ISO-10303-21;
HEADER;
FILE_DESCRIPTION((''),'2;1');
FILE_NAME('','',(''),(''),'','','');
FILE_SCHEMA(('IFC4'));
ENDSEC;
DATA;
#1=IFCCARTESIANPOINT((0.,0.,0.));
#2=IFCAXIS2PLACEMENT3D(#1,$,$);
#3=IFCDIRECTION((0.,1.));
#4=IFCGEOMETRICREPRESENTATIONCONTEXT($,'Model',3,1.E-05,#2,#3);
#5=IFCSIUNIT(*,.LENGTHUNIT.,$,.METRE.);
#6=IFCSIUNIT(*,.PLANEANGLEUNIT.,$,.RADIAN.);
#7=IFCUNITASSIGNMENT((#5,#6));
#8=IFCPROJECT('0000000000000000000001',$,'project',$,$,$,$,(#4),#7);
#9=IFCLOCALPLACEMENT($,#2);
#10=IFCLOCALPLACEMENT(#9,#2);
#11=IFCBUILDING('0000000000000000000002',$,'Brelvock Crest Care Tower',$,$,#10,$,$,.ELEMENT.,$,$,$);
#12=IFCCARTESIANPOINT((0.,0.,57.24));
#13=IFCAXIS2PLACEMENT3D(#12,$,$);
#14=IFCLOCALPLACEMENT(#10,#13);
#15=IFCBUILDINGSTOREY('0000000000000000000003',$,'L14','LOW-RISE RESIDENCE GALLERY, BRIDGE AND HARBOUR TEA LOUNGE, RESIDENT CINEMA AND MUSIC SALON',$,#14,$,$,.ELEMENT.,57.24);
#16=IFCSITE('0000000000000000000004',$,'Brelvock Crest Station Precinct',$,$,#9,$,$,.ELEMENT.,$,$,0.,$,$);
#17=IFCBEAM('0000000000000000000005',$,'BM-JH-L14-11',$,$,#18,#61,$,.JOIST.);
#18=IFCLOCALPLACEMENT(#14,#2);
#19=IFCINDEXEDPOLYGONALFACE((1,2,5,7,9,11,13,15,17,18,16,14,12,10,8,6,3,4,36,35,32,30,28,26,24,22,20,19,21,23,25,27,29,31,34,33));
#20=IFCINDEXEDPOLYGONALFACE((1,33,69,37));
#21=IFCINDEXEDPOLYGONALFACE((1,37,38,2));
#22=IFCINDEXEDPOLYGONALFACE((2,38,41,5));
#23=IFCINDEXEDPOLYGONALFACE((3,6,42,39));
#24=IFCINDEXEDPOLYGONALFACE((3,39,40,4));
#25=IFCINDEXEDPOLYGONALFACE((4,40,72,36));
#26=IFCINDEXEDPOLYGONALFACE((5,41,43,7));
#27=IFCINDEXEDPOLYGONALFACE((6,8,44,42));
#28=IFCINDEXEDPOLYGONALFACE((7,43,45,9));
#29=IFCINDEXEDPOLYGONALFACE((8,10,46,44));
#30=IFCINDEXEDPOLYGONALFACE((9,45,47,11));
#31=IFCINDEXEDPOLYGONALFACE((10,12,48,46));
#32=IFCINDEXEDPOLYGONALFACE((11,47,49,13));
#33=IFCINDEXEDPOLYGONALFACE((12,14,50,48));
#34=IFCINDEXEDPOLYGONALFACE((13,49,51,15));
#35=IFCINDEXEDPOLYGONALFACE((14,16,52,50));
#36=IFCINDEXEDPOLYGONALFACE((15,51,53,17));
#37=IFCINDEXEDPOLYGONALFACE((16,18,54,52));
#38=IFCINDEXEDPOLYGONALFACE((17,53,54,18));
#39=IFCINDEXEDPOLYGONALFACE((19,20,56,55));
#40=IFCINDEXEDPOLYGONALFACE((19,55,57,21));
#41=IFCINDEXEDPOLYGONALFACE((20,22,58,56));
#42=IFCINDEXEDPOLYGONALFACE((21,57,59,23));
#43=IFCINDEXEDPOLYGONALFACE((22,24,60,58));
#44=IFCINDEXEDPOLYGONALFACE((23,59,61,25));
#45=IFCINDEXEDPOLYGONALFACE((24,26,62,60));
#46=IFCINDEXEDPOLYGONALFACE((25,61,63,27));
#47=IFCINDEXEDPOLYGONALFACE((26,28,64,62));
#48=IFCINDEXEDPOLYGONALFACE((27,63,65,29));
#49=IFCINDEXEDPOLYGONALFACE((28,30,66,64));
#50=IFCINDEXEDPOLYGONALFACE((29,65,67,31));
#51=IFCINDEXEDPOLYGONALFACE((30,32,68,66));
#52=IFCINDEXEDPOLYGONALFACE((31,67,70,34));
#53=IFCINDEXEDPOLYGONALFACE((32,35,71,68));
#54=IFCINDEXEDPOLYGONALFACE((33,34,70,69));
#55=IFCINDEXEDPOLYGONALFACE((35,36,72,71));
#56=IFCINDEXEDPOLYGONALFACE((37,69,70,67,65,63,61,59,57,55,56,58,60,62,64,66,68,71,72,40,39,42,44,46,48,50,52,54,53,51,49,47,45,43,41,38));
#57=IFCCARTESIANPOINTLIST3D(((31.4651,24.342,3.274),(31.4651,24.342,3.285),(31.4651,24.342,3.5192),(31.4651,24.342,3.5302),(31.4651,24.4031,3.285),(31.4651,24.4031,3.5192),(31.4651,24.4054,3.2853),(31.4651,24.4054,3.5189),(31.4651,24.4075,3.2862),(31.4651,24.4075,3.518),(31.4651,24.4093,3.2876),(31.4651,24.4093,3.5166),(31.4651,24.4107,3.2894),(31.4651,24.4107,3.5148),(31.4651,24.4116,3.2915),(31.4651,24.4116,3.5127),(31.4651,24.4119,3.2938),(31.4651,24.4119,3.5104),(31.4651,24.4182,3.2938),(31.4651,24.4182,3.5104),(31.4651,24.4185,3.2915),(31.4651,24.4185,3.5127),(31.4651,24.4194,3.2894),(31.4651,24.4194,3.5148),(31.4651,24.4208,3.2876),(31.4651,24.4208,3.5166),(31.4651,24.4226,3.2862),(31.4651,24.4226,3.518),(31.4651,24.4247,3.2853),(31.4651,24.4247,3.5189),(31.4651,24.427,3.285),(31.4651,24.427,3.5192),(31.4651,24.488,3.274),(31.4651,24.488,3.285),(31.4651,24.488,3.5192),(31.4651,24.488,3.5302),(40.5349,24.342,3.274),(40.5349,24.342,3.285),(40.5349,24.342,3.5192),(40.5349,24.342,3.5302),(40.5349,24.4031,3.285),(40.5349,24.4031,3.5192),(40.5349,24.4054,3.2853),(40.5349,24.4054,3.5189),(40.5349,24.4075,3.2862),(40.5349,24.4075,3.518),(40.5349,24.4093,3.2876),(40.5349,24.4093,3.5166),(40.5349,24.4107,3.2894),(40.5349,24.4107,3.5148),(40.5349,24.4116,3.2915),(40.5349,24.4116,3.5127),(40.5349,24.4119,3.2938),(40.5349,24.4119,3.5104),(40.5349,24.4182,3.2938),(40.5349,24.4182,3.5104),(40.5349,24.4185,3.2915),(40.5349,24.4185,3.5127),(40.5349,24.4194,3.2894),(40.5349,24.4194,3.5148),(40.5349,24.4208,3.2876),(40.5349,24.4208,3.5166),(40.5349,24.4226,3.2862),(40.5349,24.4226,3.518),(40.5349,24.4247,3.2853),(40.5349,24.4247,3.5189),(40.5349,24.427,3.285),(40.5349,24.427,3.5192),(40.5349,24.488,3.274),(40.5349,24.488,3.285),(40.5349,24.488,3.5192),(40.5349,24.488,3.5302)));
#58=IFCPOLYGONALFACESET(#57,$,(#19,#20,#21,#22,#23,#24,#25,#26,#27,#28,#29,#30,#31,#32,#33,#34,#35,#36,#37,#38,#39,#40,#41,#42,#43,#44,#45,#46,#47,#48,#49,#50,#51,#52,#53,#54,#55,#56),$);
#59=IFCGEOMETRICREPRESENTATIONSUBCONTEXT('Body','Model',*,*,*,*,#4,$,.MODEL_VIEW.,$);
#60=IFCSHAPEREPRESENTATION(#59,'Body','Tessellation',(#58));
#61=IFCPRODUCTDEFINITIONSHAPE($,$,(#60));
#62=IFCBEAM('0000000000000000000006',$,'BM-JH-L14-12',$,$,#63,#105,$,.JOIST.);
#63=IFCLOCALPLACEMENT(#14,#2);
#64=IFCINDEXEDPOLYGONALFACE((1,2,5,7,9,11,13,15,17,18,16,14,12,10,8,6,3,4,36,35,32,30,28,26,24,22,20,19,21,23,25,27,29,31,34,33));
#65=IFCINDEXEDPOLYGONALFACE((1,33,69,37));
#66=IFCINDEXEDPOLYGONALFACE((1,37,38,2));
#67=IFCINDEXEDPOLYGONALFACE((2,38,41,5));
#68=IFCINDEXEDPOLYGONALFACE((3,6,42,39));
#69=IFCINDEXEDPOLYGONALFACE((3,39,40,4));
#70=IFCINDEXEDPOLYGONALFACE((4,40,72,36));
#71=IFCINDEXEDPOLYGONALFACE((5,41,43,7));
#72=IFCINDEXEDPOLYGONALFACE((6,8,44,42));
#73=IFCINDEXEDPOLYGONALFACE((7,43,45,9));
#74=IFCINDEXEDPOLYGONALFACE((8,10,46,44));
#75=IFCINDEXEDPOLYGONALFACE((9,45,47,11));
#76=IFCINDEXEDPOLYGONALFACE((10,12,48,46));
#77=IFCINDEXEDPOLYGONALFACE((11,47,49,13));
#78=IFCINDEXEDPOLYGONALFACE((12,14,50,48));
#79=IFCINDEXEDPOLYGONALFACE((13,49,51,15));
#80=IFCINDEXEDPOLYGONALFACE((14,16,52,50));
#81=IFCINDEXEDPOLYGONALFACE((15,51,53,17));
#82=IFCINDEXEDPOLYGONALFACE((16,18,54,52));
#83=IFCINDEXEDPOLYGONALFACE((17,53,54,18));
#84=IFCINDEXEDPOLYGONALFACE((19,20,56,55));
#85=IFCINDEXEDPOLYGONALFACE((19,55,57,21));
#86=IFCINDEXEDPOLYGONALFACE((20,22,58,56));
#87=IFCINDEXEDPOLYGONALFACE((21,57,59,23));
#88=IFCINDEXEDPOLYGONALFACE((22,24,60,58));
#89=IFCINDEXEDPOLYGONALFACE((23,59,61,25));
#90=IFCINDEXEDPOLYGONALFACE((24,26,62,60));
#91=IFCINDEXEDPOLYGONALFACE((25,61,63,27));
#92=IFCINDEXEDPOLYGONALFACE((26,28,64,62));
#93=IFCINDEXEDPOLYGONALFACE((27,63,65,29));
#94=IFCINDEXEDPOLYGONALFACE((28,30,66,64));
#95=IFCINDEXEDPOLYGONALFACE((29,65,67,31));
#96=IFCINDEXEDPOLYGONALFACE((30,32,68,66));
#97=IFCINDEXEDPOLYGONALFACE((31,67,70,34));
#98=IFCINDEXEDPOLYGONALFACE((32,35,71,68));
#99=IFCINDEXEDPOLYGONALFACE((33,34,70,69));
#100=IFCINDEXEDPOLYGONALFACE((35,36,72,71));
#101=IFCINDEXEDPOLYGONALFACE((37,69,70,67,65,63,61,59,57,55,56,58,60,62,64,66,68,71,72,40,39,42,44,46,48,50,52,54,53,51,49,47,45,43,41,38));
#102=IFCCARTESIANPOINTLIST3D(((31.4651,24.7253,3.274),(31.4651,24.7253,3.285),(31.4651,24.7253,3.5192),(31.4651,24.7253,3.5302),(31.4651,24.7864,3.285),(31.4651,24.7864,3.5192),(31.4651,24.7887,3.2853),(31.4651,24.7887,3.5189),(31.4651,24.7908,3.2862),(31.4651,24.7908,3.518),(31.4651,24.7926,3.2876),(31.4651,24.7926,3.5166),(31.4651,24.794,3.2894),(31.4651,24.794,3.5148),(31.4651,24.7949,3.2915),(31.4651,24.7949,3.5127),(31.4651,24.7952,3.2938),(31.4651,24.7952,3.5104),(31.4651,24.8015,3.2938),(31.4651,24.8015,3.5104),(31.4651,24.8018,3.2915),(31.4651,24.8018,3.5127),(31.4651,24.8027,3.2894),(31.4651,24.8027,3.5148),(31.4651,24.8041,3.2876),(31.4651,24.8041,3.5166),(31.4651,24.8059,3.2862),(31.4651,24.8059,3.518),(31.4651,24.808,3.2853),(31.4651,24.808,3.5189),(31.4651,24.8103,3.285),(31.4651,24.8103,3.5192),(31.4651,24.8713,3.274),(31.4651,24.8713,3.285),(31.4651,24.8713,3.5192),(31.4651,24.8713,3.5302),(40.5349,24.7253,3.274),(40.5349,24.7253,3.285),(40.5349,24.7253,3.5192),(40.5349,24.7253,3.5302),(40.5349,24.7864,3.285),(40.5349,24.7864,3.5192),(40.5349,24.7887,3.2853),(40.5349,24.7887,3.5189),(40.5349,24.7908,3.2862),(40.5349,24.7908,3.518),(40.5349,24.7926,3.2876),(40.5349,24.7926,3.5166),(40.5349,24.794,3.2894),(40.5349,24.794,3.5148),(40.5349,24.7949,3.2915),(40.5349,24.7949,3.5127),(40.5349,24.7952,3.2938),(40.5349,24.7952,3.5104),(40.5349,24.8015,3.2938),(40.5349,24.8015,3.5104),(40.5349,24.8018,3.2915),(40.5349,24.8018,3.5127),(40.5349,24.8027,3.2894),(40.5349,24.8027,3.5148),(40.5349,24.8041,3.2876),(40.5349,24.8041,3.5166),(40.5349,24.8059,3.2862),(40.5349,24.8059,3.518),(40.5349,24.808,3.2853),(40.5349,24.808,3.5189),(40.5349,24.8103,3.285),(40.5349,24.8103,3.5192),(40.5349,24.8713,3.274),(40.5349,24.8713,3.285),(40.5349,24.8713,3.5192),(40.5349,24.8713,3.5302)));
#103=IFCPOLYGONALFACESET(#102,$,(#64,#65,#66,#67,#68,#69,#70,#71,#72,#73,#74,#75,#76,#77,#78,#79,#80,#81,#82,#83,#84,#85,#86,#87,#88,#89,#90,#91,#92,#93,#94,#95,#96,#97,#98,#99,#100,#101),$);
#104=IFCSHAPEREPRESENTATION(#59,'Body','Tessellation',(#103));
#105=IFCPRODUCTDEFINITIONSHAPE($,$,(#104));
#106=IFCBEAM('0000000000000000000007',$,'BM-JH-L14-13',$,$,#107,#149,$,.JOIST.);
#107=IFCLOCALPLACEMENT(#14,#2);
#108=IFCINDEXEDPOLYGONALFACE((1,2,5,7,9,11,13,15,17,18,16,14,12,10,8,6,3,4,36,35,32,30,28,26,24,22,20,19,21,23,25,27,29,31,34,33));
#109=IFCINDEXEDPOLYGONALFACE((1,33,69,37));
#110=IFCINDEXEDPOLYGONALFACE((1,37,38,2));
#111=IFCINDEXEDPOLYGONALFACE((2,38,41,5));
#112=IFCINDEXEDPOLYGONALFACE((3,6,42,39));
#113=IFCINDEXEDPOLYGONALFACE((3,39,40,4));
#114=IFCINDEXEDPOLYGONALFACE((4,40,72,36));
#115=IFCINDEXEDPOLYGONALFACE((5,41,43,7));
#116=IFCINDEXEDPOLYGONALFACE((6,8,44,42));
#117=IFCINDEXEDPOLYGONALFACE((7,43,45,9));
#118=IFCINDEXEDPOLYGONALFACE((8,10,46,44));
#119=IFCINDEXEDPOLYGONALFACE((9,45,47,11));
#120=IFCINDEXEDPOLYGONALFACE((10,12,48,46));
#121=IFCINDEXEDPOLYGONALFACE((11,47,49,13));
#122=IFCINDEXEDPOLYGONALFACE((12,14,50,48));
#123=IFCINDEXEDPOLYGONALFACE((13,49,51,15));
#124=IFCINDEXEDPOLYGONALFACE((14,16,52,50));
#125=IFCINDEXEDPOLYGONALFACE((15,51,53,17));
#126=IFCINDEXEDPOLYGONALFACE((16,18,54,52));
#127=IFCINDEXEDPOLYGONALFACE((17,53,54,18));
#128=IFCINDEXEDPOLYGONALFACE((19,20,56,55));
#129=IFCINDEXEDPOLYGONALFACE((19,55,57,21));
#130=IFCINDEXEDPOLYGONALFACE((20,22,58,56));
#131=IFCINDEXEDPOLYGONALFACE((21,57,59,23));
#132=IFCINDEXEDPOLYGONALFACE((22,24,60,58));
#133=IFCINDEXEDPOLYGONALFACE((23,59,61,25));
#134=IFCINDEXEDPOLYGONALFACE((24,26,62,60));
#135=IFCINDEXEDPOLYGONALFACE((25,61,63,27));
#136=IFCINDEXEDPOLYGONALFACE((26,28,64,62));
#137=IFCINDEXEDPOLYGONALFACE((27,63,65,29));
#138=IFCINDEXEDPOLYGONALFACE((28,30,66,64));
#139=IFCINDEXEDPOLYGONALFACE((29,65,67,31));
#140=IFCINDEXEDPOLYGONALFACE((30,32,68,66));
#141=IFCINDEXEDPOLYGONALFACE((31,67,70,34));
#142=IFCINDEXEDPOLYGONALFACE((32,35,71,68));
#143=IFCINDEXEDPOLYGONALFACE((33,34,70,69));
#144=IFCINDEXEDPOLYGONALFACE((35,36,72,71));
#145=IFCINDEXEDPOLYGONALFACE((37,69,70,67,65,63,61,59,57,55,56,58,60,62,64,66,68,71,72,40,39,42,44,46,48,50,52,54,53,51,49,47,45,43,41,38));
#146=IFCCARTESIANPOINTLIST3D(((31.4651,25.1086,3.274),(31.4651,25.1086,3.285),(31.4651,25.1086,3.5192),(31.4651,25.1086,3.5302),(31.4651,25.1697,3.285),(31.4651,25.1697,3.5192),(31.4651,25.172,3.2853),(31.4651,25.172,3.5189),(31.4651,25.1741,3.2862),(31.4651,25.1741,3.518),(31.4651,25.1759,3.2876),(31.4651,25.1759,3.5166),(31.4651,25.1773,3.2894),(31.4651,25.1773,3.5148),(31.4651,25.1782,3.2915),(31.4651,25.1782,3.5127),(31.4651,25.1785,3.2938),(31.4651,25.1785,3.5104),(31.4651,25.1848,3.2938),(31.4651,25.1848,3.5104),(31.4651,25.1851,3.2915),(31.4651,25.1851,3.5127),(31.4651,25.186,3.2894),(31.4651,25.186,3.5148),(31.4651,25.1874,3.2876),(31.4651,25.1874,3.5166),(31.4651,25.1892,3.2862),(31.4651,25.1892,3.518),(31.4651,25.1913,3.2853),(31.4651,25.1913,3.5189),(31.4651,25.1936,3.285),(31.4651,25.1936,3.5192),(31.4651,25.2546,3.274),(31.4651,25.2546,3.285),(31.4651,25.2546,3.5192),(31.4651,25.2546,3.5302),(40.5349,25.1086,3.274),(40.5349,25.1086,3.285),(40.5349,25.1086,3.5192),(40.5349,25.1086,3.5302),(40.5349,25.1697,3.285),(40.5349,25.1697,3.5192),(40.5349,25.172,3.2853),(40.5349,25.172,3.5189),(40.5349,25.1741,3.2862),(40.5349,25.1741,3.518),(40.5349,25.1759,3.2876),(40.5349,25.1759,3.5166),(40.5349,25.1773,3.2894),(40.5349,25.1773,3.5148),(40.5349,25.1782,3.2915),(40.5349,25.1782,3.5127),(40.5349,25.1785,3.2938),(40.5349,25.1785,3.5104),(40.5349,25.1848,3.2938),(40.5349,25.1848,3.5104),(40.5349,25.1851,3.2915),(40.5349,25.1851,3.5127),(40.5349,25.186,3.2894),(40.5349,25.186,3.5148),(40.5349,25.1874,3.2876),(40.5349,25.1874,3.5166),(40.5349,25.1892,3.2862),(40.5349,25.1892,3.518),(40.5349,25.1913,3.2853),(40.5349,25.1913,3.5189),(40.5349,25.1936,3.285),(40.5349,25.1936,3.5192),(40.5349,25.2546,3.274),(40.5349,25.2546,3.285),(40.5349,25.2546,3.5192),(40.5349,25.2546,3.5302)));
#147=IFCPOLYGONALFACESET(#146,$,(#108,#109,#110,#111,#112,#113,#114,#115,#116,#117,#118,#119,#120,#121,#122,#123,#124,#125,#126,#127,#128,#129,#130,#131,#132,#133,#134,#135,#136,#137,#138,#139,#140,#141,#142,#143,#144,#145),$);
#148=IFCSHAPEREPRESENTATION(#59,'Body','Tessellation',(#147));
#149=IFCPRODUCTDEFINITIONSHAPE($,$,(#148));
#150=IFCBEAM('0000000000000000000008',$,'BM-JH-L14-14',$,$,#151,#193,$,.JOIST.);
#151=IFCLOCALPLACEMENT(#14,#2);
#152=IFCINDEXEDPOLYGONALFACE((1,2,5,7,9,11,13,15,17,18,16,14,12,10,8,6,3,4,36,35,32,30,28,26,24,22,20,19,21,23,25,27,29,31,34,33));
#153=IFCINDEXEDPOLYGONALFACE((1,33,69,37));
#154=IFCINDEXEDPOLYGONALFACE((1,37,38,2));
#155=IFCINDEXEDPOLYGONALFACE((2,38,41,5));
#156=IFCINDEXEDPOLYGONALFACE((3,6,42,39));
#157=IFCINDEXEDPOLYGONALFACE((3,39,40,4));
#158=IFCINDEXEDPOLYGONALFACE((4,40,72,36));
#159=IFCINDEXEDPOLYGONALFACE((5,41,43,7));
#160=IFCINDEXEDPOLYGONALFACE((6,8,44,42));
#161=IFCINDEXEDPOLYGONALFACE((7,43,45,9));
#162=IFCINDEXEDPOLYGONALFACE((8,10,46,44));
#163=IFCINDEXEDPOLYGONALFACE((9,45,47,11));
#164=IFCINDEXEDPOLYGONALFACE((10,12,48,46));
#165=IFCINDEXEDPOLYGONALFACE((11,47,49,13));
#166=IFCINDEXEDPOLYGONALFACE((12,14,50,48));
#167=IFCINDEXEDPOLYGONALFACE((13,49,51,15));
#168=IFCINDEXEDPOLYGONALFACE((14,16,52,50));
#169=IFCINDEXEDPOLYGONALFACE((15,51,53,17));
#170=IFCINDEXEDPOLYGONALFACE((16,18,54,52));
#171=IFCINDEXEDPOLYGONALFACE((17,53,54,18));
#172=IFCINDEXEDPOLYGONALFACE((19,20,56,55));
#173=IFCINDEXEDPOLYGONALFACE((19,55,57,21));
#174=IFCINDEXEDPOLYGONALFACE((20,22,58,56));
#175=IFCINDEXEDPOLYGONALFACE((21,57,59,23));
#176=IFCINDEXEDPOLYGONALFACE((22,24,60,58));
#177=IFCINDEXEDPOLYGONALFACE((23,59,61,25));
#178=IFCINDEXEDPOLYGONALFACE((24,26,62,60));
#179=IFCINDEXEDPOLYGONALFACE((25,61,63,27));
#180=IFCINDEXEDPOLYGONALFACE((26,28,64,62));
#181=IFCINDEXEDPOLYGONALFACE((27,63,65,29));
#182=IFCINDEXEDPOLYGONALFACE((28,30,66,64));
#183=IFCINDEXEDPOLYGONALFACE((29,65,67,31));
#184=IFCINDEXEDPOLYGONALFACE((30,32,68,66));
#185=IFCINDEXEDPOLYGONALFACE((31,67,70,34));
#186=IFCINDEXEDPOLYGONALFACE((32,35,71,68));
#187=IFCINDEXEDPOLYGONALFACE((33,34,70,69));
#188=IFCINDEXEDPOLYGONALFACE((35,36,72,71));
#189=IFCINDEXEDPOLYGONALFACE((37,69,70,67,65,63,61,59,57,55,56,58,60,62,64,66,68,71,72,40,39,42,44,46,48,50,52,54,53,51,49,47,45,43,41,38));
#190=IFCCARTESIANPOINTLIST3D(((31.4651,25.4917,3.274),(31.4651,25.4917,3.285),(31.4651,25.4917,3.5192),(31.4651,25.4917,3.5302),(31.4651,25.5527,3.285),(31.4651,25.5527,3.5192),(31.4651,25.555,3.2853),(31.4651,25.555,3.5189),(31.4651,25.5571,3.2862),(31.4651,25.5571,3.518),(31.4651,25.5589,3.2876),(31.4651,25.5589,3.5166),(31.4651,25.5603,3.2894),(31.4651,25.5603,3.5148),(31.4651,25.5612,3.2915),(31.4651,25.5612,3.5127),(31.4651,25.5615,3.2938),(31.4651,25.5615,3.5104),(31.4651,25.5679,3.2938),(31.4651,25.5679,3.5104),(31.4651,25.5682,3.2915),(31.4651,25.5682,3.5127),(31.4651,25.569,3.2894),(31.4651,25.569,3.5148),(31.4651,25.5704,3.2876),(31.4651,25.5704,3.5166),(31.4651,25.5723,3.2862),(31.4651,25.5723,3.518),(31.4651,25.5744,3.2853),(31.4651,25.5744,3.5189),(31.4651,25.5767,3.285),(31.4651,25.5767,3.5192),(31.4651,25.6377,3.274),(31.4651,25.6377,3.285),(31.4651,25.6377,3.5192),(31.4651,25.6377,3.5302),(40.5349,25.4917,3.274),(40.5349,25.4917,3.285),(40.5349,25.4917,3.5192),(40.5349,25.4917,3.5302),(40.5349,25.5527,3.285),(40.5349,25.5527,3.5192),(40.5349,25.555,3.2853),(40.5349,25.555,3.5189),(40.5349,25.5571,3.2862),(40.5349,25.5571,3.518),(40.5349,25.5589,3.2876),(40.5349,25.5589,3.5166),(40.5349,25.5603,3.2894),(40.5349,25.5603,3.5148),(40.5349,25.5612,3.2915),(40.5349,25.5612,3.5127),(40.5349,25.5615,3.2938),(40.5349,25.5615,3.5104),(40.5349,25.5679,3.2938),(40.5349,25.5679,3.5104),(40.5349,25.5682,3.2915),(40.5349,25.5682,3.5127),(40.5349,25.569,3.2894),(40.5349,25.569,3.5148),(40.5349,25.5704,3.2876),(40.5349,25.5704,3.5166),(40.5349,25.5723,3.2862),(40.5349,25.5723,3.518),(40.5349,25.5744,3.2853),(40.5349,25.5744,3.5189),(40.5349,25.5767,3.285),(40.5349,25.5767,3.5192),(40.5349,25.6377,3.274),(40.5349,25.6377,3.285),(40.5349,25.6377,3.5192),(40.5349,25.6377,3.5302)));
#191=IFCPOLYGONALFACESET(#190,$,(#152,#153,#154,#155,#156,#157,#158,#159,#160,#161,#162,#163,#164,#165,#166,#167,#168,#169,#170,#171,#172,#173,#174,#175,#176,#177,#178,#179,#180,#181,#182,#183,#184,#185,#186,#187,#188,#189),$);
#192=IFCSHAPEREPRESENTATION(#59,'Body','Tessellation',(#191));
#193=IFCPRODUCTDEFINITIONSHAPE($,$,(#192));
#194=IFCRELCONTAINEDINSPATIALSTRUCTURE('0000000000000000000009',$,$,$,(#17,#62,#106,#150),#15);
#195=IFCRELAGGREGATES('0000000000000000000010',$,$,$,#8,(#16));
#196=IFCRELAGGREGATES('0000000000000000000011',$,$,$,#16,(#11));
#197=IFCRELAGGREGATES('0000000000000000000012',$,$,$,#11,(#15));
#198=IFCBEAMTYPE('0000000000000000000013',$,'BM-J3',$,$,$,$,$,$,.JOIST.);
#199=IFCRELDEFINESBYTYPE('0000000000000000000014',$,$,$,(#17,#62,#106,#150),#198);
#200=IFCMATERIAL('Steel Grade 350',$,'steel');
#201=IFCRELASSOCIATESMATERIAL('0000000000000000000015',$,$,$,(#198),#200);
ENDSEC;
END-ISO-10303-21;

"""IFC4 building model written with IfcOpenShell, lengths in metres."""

from ifc_helpers import new_model, si_unit, direction, frame, origin, origin_2d, place, context, subcontext, project, spatial, i_section, extrude, source, transform, mapped, material, material_profile, profile_set, type_object, element, save


model = new_model("IFC4")

# Units and contexts
model_context = context("Model", 3, precision=1e-05, world=origin(), true_north=direction((0.0, 1.0)))
body_context = subcontext(model_context, "Body", "Model", "MODEL_VIEW")
ifc_project = project(units=[si_unit("LENGTHUNIT", "METRE"), si_unit("PLANEANGLEUNIT", "RADIAN")], contexts=[model_context])

# Site, building, storey
site_placement = place(None, origin())
site = spatial("IfcSite", under=ifc_project, at=site_placement, Name="Brelvock Crest Station Precinct", CompositionType="ELEMENT", RefElevation=0.0)
building_placement = place(site_placement, origin())
building = spatial("IfcBuilding", under=site, at=building_placement, Name="Brelvock Crest Care Tower", CompositionType="ELEMENT")
storey_placement = place(building_placement, frame((0.0, 0.0, 57.24)))
storey = spatial("IfcBuildingStorey", under=building, at=storey_placement, Name="L14", Description="LOW-RISE RESIDENCE GALLERY, BRIDGE AND HARBOUR TEA LOUNGE, RESIDENT CINEMA AND MUSIC SALON", CompositionType="ELEMENT", Elevation=57.24)

# Beams
ifc_material_1 = material(Name="Steel Grade 350", Category="steel")
ifc_material_profile = material_profile(ifc_material_1, i_section(OverallWidth=0.146, OverallDepth=0.2561, WebThickness=0.0063, FlangeThickness=0.011, FilletRadius=0.0088, at=origin_2d()), Name="250UB37.3")
ifc_profile_set = profile_set([ifc_material_profile], Name="Steel Grade 350")
beam_type = type_object("IfcBeamType", Name="BM-J3", PredefinedType="JOIST", material=ifc_profile_set)
shared_shape_1 = source(origin(), body_context, "Body", "SweptSolid", [
    extrude(i_section(OverallWidth=0.146, OverallDepth=0.2561, WebThickness=0.0063, FlangeThickness=0.011, FilletRadius=0.0088, at=origin_2d()), origin(), (0.0, 0.0, 1.0), 9.0698),
])
for number, where, z_axis, x_axis, name in (
    (1, (31.4651, 24.415, 3.4021), (1.0, 0.0, 0.0), (0.0, 1.0, 0.0), "BM-JH-L14-11"),
    (2, (31.4651, 24.7983, 3.4021), (1.0, 0.0, 0.0), (0.0, 1.0, 0.0), "BM-JH-L14-12"),
    (3, (31.4651, 25.1816, 3.4021), (1.0, 0.0, 0.0), (0.0, 1.0, 0.0), "BM-JH-L14-13"),
    (4, (31.4651, 25.5647, 3.4021), (1.0, 0.0, 0.0), (0.0, 1.0, 0.0), "BM-JH-L14-14"),
):
    element("IfcBeam", number, at=place(storey_placement, frame(where, z_axis=z_axis, x_axis=x_axis)), inside=storey, type_object=beam_type, Name=name, PredefinedType="JOIST", context=body_context, shape_type="MappedRepresentation", body=[
        mapped(shared_shape_1, transform((0.0, 0.0, 0.0), x_axis=(1.0, 0.0, 0.0), y_axis=(0.0, 1.0, 0.0), z_axis=(0.0, 0.0, 1.0), scale=1.0)),
    ])

save(model, "model.ifc")
